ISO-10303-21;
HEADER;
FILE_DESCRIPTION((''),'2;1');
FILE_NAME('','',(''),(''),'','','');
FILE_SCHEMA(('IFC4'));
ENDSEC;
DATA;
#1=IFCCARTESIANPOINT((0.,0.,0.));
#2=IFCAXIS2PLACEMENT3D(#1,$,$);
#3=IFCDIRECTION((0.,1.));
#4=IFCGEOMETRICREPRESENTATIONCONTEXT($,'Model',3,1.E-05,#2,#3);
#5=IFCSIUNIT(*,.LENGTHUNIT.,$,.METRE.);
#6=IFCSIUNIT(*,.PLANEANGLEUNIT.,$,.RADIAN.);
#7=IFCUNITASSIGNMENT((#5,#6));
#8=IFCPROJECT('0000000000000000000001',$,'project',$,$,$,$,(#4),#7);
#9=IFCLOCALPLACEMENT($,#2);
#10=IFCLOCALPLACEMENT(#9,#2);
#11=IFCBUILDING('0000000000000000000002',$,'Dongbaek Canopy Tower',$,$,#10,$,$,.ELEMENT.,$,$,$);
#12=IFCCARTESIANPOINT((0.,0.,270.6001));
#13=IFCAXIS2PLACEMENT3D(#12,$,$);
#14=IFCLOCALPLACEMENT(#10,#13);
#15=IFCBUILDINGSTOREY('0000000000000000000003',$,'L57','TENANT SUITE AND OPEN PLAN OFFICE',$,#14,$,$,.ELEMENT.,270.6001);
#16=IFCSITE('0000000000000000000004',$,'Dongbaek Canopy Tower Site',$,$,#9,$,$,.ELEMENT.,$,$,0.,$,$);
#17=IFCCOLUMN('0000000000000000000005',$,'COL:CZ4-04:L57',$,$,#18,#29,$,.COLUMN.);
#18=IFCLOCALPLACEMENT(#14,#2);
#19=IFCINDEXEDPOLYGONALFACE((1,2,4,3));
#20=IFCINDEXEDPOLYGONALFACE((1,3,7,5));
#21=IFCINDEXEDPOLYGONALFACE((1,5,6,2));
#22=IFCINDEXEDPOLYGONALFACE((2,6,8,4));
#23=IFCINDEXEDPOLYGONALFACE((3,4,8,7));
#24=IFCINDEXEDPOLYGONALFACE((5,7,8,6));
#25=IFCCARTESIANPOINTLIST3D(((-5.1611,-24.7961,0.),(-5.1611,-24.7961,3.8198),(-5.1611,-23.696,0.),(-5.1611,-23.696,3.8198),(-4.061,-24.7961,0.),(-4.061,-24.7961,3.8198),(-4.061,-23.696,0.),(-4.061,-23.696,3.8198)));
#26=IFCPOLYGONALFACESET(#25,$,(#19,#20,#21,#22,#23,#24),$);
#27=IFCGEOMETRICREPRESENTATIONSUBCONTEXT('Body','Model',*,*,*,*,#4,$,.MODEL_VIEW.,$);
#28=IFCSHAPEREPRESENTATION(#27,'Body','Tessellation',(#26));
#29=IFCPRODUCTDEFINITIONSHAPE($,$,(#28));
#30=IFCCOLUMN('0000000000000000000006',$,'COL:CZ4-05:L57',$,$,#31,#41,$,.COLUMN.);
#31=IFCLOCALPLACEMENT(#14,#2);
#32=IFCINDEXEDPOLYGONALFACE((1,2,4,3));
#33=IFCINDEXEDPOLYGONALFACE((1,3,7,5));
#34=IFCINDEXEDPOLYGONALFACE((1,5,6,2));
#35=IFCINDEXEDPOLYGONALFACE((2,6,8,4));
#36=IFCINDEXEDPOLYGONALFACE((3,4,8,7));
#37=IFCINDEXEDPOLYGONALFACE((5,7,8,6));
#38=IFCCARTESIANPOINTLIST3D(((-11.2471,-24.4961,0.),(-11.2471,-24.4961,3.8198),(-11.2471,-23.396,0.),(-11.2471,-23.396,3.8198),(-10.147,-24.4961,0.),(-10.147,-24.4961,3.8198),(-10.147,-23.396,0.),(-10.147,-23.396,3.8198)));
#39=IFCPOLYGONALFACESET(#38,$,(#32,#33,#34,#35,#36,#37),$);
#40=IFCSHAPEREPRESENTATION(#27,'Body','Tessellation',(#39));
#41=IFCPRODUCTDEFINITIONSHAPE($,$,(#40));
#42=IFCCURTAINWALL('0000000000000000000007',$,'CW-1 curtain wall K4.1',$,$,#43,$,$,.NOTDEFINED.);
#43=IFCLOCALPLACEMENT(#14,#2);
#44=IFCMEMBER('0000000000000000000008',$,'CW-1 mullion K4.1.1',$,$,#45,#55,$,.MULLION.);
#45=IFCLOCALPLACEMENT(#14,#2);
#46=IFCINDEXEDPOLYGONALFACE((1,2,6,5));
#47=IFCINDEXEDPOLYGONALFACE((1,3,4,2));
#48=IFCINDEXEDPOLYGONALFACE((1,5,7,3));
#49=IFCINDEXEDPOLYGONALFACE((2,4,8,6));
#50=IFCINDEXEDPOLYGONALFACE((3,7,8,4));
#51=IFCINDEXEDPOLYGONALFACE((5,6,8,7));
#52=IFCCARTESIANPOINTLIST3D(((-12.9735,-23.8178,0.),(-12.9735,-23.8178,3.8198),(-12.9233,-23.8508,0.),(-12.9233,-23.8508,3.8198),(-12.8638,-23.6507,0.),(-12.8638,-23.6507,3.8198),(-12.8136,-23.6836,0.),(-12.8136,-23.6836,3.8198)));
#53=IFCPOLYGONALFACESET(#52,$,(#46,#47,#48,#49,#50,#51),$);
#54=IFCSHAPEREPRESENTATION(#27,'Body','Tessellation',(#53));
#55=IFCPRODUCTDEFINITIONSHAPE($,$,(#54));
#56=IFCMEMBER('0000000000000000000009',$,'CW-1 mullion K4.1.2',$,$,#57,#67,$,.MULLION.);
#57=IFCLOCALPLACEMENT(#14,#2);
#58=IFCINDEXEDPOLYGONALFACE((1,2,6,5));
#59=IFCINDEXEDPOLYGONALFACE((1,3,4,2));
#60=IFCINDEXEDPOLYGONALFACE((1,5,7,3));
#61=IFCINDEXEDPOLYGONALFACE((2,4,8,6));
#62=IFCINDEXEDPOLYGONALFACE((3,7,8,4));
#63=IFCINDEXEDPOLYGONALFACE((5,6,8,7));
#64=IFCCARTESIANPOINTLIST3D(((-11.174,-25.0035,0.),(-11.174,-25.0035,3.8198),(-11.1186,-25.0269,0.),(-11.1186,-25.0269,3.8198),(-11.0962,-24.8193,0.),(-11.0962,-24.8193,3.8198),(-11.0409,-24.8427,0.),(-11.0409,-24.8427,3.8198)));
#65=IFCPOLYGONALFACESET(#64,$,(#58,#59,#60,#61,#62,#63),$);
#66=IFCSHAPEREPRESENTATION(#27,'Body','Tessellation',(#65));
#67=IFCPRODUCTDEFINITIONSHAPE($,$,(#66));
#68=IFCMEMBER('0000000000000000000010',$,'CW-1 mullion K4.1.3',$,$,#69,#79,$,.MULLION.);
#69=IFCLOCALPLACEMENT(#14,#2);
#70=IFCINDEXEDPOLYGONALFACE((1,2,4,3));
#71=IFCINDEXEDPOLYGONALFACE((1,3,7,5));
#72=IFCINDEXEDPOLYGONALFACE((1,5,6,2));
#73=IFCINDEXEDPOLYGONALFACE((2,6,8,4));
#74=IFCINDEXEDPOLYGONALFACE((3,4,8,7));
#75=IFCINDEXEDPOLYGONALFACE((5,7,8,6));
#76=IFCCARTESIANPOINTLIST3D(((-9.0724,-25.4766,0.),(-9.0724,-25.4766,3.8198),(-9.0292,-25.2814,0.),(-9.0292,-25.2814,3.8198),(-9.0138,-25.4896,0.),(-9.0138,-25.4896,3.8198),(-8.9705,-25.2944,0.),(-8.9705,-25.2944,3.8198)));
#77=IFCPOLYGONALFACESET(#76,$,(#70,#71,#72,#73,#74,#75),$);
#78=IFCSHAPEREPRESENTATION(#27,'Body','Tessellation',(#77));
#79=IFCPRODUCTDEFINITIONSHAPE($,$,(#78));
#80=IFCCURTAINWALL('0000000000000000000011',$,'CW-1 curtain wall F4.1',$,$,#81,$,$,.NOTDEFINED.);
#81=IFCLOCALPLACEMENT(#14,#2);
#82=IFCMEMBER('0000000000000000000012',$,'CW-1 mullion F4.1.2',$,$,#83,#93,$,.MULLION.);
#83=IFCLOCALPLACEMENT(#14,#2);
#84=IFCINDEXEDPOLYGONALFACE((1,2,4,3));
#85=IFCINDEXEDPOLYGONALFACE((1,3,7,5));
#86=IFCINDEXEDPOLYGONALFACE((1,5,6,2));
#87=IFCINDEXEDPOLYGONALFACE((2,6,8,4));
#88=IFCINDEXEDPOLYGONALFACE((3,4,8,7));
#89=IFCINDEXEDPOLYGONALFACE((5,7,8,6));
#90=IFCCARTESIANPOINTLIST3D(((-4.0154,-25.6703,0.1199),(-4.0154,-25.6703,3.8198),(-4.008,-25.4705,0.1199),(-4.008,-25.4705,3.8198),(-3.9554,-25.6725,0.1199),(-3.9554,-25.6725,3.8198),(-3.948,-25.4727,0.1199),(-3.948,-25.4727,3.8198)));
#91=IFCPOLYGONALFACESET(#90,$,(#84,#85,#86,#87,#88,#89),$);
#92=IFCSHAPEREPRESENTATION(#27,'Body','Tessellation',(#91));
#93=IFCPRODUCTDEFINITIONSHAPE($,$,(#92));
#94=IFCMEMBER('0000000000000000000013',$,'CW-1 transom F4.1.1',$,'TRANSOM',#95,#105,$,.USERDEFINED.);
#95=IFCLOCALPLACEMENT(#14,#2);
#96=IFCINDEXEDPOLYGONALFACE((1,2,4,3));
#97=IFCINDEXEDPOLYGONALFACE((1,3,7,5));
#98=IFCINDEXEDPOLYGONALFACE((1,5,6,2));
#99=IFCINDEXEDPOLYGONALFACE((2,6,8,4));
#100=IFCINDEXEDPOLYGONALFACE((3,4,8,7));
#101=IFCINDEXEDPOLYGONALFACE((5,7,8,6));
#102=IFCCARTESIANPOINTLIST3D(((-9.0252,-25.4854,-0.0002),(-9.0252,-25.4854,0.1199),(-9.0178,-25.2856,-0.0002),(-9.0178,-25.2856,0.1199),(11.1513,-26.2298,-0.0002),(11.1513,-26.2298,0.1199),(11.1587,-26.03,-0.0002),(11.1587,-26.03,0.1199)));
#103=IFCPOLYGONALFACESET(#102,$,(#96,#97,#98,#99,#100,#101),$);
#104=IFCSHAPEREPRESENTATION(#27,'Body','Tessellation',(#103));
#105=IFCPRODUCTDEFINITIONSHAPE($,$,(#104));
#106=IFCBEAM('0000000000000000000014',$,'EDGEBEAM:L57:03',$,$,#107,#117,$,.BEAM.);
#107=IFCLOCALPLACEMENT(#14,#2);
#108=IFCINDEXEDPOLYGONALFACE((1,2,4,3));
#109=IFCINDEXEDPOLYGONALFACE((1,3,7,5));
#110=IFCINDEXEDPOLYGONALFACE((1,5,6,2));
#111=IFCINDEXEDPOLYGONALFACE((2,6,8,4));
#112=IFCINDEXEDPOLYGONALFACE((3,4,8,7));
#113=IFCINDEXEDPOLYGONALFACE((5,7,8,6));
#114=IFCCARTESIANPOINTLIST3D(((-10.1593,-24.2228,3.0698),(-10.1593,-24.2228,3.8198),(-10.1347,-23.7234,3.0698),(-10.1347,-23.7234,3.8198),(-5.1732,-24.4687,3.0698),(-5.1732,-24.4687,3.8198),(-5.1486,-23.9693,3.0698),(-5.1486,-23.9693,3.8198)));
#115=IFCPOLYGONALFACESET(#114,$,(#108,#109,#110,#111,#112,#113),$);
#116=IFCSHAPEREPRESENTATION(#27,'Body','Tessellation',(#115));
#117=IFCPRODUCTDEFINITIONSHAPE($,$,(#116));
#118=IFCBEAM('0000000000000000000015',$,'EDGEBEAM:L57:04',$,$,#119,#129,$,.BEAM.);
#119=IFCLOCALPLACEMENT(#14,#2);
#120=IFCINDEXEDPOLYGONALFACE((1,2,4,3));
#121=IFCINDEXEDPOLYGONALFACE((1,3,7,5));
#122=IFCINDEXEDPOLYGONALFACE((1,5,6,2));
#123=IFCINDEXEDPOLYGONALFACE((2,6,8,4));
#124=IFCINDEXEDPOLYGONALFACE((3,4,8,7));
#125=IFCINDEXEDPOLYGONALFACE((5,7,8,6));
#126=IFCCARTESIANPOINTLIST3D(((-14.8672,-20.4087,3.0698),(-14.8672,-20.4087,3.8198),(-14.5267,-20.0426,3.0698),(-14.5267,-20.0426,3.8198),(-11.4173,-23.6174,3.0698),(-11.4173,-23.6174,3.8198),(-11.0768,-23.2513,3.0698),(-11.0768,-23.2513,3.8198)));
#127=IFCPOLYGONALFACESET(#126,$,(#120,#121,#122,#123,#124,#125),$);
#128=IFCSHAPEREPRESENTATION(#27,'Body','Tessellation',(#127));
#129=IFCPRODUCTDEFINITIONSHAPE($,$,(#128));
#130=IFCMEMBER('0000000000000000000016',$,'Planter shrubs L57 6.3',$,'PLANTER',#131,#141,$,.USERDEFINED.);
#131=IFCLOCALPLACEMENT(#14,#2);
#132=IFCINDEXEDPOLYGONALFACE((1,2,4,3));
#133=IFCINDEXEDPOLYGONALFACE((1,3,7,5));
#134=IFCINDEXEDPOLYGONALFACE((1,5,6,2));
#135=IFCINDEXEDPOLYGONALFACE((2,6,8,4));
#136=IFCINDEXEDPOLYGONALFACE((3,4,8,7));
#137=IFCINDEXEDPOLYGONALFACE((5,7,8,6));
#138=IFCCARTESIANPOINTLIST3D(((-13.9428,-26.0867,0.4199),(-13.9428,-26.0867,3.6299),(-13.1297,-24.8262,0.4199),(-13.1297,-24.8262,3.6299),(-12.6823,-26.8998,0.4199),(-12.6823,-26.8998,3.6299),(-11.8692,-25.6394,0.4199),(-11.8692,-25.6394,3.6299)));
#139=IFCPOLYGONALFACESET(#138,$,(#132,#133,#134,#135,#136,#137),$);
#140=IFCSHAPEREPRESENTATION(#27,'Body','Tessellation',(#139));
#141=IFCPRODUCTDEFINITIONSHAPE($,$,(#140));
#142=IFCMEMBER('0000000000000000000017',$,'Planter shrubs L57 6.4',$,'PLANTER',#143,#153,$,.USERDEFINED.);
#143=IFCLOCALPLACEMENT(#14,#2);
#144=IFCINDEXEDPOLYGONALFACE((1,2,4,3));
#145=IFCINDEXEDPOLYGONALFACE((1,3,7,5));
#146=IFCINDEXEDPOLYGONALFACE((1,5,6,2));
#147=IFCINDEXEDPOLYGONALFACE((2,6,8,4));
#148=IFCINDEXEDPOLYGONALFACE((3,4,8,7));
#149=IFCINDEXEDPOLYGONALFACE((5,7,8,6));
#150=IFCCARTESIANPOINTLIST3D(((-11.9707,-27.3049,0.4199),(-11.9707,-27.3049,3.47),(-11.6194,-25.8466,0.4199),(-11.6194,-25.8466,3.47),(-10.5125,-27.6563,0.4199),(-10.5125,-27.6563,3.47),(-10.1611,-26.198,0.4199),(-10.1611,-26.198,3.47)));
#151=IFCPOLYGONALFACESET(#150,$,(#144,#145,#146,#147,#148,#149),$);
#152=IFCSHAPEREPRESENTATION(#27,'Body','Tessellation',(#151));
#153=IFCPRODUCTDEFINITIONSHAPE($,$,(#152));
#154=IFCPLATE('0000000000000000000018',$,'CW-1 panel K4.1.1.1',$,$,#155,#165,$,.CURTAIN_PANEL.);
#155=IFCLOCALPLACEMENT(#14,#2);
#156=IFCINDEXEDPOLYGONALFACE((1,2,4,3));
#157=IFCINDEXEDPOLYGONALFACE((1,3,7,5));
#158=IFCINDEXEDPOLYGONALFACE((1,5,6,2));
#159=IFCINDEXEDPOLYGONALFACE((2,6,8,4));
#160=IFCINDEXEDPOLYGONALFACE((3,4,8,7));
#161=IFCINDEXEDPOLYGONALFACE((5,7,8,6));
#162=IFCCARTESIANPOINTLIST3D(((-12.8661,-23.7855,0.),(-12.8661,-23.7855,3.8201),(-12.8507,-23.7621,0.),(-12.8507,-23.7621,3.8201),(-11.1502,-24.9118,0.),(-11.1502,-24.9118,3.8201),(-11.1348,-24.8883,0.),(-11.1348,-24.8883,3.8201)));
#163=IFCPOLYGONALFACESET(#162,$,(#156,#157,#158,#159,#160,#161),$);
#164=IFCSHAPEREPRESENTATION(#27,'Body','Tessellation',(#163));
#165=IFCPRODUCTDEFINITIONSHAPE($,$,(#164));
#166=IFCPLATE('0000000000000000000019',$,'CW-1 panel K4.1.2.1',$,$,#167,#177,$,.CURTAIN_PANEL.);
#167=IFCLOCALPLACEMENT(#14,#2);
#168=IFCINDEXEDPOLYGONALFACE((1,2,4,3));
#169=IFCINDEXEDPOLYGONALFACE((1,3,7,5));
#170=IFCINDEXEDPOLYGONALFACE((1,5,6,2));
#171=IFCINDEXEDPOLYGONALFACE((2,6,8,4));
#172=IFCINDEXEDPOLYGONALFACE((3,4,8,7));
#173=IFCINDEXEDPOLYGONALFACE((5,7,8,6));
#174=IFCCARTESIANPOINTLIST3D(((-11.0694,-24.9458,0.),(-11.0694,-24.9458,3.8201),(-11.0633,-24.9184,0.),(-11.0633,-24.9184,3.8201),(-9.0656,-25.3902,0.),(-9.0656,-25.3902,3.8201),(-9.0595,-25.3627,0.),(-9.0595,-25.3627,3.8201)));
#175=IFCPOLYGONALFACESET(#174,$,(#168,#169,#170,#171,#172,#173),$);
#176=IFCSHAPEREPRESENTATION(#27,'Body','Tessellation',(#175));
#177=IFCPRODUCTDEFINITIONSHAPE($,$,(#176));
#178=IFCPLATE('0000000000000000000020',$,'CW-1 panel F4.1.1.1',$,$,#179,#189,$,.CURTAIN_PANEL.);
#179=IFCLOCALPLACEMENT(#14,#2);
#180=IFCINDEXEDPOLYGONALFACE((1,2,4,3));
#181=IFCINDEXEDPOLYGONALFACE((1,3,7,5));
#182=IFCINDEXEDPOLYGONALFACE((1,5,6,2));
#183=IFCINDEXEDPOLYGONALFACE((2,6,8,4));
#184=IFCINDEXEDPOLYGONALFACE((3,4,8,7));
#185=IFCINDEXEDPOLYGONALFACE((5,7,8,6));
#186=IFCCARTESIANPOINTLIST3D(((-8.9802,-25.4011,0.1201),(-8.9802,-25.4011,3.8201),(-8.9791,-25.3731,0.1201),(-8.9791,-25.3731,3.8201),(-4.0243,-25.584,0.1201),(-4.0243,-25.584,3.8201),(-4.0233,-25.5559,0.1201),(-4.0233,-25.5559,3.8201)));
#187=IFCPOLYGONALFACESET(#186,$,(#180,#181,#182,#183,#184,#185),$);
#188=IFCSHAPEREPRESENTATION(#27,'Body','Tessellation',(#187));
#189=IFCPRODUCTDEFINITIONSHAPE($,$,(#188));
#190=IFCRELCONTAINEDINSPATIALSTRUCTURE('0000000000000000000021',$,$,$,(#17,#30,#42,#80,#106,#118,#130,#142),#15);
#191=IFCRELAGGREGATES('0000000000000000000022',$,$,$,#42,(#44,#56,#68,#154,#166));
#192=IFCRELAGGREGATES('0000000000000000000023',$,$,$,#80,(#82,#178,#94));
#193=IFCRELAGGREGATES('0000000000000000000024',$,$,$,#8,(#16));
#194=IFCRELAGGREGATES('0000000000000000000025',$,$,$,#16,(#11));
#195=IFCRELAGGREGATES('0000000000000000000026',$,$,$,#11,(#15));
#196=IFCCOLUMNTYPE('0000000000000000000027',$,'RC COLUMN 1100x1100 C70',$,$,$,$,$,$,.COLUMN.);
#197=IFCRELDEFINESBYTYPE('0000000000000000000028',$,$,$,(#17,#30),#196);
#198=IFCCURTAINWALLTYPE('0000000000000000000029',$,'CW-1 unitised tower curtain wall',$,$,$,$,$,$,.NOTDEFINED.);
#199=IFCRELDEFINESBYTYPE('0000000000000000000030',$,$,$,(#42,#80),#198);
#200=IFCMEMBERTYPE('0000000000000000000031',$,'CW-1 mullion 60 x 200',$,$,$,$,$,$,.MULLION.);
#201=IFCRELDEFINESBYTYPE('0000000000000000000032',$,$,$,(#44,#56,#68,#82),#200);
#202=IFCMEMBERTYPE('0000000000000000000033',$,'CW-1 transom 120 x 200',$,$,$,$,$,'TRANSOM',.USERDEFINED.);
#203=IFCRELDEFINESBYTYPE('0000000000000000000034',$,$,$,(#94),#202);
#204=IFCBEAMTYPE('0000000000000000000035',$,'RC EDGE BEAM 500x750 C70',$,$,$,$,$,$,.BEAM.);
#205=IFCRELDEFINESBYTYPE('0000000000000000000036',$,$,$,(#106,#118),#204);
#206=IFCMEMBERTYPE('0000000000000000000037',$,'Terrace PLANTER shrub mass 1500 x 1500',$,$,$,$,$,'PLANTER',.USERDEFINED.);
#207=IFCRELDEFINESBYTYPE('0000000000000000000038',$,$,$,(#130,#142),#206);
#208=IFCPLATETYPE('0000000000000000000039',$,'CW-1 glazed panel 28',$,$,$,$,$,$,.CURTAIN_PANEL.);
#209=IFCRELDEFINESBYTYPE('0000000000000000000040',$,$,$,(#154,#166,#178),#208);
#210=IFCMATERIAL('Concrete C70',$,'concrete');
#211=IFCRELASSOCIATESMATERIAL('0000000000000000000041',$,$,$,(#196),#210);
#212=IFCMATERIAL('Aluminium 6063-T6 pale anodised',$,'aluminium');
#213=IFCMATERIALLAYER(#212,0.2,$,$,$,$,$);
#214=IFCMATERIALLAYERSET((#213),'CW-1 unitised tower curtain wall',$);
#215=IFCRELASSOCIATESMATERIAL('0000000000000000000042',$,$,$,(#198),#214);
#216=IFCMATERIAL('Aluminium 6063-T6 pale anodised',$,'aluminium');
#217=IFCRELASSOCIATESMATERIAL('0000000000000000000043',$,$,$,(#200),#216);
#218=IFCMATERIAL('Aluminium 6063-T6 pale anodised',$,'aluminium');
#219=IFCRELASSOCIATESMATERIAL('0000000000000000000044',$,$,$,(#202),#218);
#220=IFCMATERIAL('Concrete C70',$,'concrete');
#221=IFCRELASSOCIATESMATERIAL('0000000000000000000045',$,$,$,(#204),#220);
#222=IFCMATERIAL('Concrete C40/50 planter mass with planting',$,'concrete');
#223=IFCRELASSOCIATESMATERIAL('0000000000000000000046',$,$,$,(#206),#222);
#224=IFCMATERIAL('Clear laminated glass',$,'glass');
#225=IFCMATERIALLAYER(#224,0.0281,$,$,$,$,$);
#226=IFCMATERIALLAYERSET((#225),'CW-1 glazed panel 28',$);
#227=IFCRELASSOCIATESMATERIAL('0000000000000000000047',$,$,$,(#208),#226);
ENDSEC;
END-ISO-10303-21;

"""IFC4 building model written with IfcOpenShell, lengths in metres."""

from ifc_helpers import new_model, si_unit, direction, frame, origin, origin_2d, place, context, subcontext, project, spatial, rectangle, extrude, material, layer, layer_set, material_profile, profile_set, type_object, element, aggregate, save


model = new_model("IFC4")

# Units and contexts
model_context = context("Model", 3, precision=1e-05, world=origin(), true_north=direction((0.0, 1.0)))
body_context = subcontext(model_context, "Body", "Model", "MODEL_VIEW")
ifc_project = project(units=[si_unit("LENGTHUNIT", "METRE"), si_unit("PLANEANGLEUNIT", "RADIAN")], contexts=[model_context])

# Site, building, storey
site_placement = place(None, origin())
site = spatial("IfcSite", under=ifc_project, at=site_placement, Name="Dongbaek Canopy Tower Site", CompositionType="ELEMENT", RefElevation=0.0)
building_placement = place(site_placement, origin())
building = spatial("IfcBuilding", under=site, at=building_placement, Name="Dongbaek Canopy Tower", CompositionType="ELEMENT")
storey_placement = place(building_placement, frame((0.0, 0.0, 270.6001)))
storey = spatial("IfcBuildingStorey", under=building, at=storey_placement, Name="L57", Description="TENANT SUITE AND OPEN PLAN OFFICE", CompositionType="ELEMENT", Elevation=270.6001)

# Columns
ifc_material_1 = material(Name="Concrete C70", Category="concrete")
ifc_material_profile_1 = material_profile(ifc_material_1, rectangle(XDim=1.1001, YDim=1.1001, at=origin_2d()), Name="RC COLUMN 1100x1100 C70")
ifc_profile_set_1 = profile_set([ifc_material_profile_1], Name="Concrete C70")
column_type = type_object("IfcColumnType", Name="RC COLUMN 1100x1100 C70", PredefinedType="COLUMN", material=ifc_profile_set_1)
for number, where, z_axis, x_axis, name in (
    (1, (-4.6111, -24.2461, 0.0), (0.0, 0.0, 1.0), (1.0, 0.0, 0.0), "COL:CZ4-04:L57"),
    (2, (-10.697, -23.946, 0.0), (0.0, 0.0, 1.0), (1.0, 0.0, 0.0), "COL:CZ4-05:L57"),
):
    element("IfcColumn", number, at=place(storey_placement, frame(where, z_axis=z_axis, x_axis=x_axis)), inside=storey, type_object=column_type, Name=name, PredefinedType="COLUMN", context=body_context, shape_type="SweptSolid", body=[
        extrude(rectangle(XDim=1.1001, YDim=1.1001, at=origin_2d()), origin(), (0.0, 0.0, 1.0), 3.8198),
    ])

# Curtain walls, members
ifc_material_2 = material(Name="Aluminium 6063-T6 pale anodised", Category="aluminium")
ifc_layer_1 = layer(ifc_material_2, 0.2)
ifc_layer_set_1 = layer_set([ifc_layer_1], Name="CW-1 unitised tower curtain wall")
curtain_wall_type = type_object("IfcCurtainWallType", Name="CW-1 unitised tower curtain wall", PredefinedType="NOTDEFINED", material=ifc_layer_set_1)
curtain_wall_1_placement = place(storey_placement, origin())
curtain_wall_1 = element("IfcCurtainWall", 3, at=curtain_wall_1_placement, inside=storey, type_object=curtain_wall_type, Name="CW-1 curtain wall K4.1", PredefinedType="NOTDEFINED")
ifc_material_3 = material(Name="Aluminium 6063-T6 pale anodised", Category="aluminium")
ifc_material_profile_2 = material_profile(ifc_material_3, rectangle(XDim=0.2, YDim=0.0601, at=origin_2d()), Name="CW-1 mullion 60 x 200")
ifc_profile_set_2 = profile_set([ifc_material_profile_2], Name="Aluminium 6063-T6 pale anodised")
member_type_1 = type_object("IfcMemberType", Name="CW-1 mullion 60 x 200", PredefinedType="MULLION", material=ifc_profile_set_2)
member_1_placement = place(storey_placement, frame((-12.8936, -23.7507, 0.0), z_axis=(0.0, 0.0, 1.0), x_axis=(-0.548723, -0.836004, 0.0)))
member_1 = element("IfcMember", 4, at=member_1_placement, type_object=member_type_1, Name="CW-1 mullion K4.1.1", PredefinedType="MULLION", context=body_context, shape_type="SweptSolid", body=[
    extrude(rectangle(XDim=0.2, YDim=0.0601, at=origin_2d()), origin(), (0.0, 0.0, 1.0), 3.8198),
])
member_2_placement = place(storey_placement, frame((-11.1074, -24.9231, 0.0), z_axis=(0.0, 0.0, 1.0), x_axis=(-0.388975, -0.921248, 0.0)))
member_2 = element("IfcMember", 5, at=member_2_placement, type_object=member_type_1, Name="CW-1 mullion K4.1.2", PredefinedType="MULLION", context=body_context, shape_type="SweptSolid", body=[
    extrude(rectangle(XDim=0.2, YDim=0.0601, at=origin_2d()), origin(), (0.0, 0.0, 1.0), 3.8198),
])
member_3_placement = place(storey_placement, frame((-9.0215, -25.3855, 0.0), z_axis=(0.0, 0.0, 1.0), x_axis=(-0.216473, -0.976289, 0.0)))
member_3 = element("IfcMember", 6, at=member_3_placement, type_object=member_type_1, Name="CW-1 mullion K4.1.3", PredefinedType="MULLION", context=body_context, shape_type="SweptSolid", body=[
    extrude(rectangle(XDim=0.2, YDim=0.0601, at=origin_2d()), origin(), (0.0, 0.0, 1.0), 3.8198),
])
curtain_wall_2_placement = place(storey_placement, origin())
curtain_wall_2 = element("IfcCurtainWall", 7, at=curtain_wall_2_placement, inside=storey, type_object=curtain_wall_type, Name="CW-1 curtain wall F4.1", PredefinedType="NOTDEFINED")
member_4_placement = place(storey_placement, frame((-3.9817, -25.5715, 0.1199), z_axis=(0.0, 0.0, 1.0), x_axis=(-0.036874, -0.99932, 0.0)))
member_4 = element("IfcMember", 8, at=member_4_placement, type_object=member_type_1, Name="CW-1 mullion F4.1.2", PredefinedType="MULLION", context=body_context, shape_type="SweptSolid", body=[
    extrude(rectangle(XDim=0.2, YDim=0.0601, at=origin_2d()), origin(), (0.0, 0.0, 1.0), 3.7),
])
ifc_material_4 = material(Name="Aluminium 6063-T6 pale anodised", Category="aluminium")
ifc_material_profile_3 = material_profile(ifc_material_4, rectangle(XDim=0.2, YDim=0.1201, at=origin_2d()), Name="CW-1 transom 120 x 200")
ifc_profile_set_3 = profile_set([ifc_material_profile_3], Name="Aluminium 6063-T6 pale anodised")
member_type_2 = type_object("IfcMemberType", Name="CW-1 transom 120 x 200", ElementType="TRANSOM", PredefinedType="USERDEFINED", material=ifc_profile_set_3)
member_5_placement = place(storey_placement, frame((-9.0215, -25.3855, 0.0598), z_axis=(0.99932, -0.036869, 0.0), x_axis=(0.036869, 0.99932, 0.0)))
member_5 = element("IfcMember", 9, at=member_5_placement, type_object=member_type_2, Name="CW-1 transom F4.1.1", ObjectType="TRANSOM", PredefinedType="USERDEFINED", context=body_context, shape_type="SweptSolid", body=[
    extrude(rectangle(XDim=0.2, YDim=0.1201, at=origin_2d()), origin(), (0.0, 0.0, 1.0), 20.1902),
])

# Beams
ifc_material_5 = material(Name="Concrete C70", Category="concrete")
ifc_material_profile_4 = material_profile(ifc_material_5, rectangle(XDim=0.5, YDim=0.75, at=origin_2d()), Name="RC EDGE BEAM 500x750 C70")
ifc_profile_set_4 = profile_set([ifc_material_profile_4], Name="Concrete C70")
beam_type = type_object("IfcBeamType", Name="RC EDGE BEAM 500x750 C70", PredefinedType="BEAM", material=ifc_profile_set_4)
beam_1_placement = place(storey_placement, frame((-5.1609, -24.219, 3.4448), z_axis=(-0.998787, 0.049247, 0.0), x_axis=(-0.049247, -0.998787, 0.0)))
element("IfcBeam", 10, at=beam_1_placement, inside=storey, type_object=beam_type, Name="EDGEBEAM:L57:03", PredefinedType="BEAM", context=body_context, shape_type="SweptSolid", body=[
    extrude(rectangle(XDim=0.5, YDim=0.75, at=origin_2d()), origin(), (0.0, 0.0, 1.0), 4.9922),
])
beam_2_placement = place(storey_placement, frame((-11.2471, -23.4343, 3.4448), z_axis=(-0.732241, 0.681045, 0.0), x_axis=(-0.681045, -0.732241, 0.0)))
element("IfcBeam", 11, at=beam_2_placement, inside=storey, type_object=beam_type, Name="EDGEBEAM:L57:04", PredefinedType="BEAM", context=body_context, shape_type="SweptSolid", body=[
    extrude(rectangle(XDim=0.5, YDim=0.75, at=origin_2d()), origin(), (0.0, 0.0, 1.0), 4.7114),
])

# Members
ifc_material_6 = material(Name="Concrete C40/50 planter mass with planting", Category="concrete")
ifc_material_profile_5 = material_profile(ifc_material_6, rectangle(XDim=1.5, YDim=1.5, at=origin_2d()), Name="Terrace PLANTER shrub mass 1500 x 1500")
ifc_profile_set_5 = profile_set([ifc_material_profile_5], Name="Concrete C40/50 planter mass with planting")
member_type_3 = type_object("IfcMemberType", Name="Terrace PLANTER shrub mass 1500 x 1500", ElementType="PLANTER", PredefinedType="USERDEFINED", material=ifc_profile_set_5)
member_6_placement = place(storey_placement, frame((-12.906, -25.863, 0.4199), z_axis=(0.0, 0.0, 1.0), x_axis=(-0.542085, -0.840324, 0.0)))
element("IfcMember", 12, at=member_6_placement, inside=storey, type_object=member_type_3, Name="Planter shrubs L57 6.3", ObjectType="PLANTER", PredefinedType="USERDEFINED", context=body_context, shape_type="SweptSolid", body=[
    extrude(rectangle(XDim=1.5, YDim=1.5, at=origin_2d()), origin(), (0.0, 0.0, 1.0), 3.21),
])
member_7_placement = place(storey_placement, frame((-11.0659, -26.7515, 0.4199), z_axis=(0.0, 0.0, 1.0), x_axis=(-0.234244, -0.972178, 0.0)))
element("IfcMember", 13, at=member_7_placement, inside=storey, type_object=member_type_3, Name="Planter shrubs L57 6.4", ObjectType="PLANTER", PredefinedType="USERDEFINED", context=body_context, shape_type="SweptSolid", body=[
    extrude(rectangle(XDim=1.5, YDim=1.5, at=origin_2d()), origin(), (0.0, 0.0, 1.0), 3.05),
])

# Plates
ifc_material_7 = material(Name="Clear laminated glass", Category="glass")
ifc_layer_2 = layer(ifc_material_7, 0.0281)
ifc_layer_set_2 = layer_set([ifc_layer_2], Name="CW-1 glazed panel 28")
plate_type = type_object("IfcPlateType", Name="CW-1 glazed panel 28", PredefinedType="CURTAIN_PANEL", material=ifc_layer_set_2)
plate_1_placement = place(storey_placement, frame((-12.0005, -24.3369, 0.0), z_axis=(0.0, 0.0, 1.0), x_axis=(0.836004, -0.548723, 0.0)))
plate_1 = element("IfcPlate", 14, at=plate_1_placement, type_object=plate_type, Name="CW-1 panel K4.1.1.1", PredefinedType="CURTAIN_PANEL", context=body_context, shape_type="SweptSolid", body=[
    extrude(rectangle(XDim=2.0525, YDim=0.0281, at=origin_2d()), origin(), (0.0, 0.0, 1.0), 3.8201),
])
plate_2_placement = place(storey_placement, frame((-10.0645, -25.1543, 0.0), z_axis=(0.0, 0.0, 1.0), x_axis=(0.976289, -0.216473, 0.0)))
plate_2 = element("IfcPlate", 15, at=plate_2_placement, type_object=plate_type, Name="CW-1 panel K4.1.2.1", PredefinedType="CURTAIN_PANEL", context=body_context, shape_type="SweptSolid", body=[
    extrude(rectangle(XDim=2.0525, YDim=0.0281, at=origin_2d()), origin(), (0.0, 0.0, 1.0), 3.8201),
])
aggregate(curtain_wall_1, [member_1, member_2, member_3, plate_1, plate_2])
plate_3_placement = place(storey_placement, frame((-6.5017, -25.4785, 0.1201), z_axis=(0.0, 0.0, 1.0), x_axis=(0.99932, -0.036874, 0.0)))
plate_3 = element("IfcPlate", 16, at=plate_3_placement, type_object=plate_type, Name="CW-1 panel F4.1.1.1", PredefinedType="CURTAIN_PANEL", context=body_context, shape_type="SweptSolid", body=[
    extrude(rectangle(XDim=4.9592, YDim=0.0281, at=origin_2d()), origin(), (0.0, 0.0, 1.0), 3.7),
])

aggregate(curtain_wall_2, [member_4, plate_3, member_5])

save(model, "model.ifc")
